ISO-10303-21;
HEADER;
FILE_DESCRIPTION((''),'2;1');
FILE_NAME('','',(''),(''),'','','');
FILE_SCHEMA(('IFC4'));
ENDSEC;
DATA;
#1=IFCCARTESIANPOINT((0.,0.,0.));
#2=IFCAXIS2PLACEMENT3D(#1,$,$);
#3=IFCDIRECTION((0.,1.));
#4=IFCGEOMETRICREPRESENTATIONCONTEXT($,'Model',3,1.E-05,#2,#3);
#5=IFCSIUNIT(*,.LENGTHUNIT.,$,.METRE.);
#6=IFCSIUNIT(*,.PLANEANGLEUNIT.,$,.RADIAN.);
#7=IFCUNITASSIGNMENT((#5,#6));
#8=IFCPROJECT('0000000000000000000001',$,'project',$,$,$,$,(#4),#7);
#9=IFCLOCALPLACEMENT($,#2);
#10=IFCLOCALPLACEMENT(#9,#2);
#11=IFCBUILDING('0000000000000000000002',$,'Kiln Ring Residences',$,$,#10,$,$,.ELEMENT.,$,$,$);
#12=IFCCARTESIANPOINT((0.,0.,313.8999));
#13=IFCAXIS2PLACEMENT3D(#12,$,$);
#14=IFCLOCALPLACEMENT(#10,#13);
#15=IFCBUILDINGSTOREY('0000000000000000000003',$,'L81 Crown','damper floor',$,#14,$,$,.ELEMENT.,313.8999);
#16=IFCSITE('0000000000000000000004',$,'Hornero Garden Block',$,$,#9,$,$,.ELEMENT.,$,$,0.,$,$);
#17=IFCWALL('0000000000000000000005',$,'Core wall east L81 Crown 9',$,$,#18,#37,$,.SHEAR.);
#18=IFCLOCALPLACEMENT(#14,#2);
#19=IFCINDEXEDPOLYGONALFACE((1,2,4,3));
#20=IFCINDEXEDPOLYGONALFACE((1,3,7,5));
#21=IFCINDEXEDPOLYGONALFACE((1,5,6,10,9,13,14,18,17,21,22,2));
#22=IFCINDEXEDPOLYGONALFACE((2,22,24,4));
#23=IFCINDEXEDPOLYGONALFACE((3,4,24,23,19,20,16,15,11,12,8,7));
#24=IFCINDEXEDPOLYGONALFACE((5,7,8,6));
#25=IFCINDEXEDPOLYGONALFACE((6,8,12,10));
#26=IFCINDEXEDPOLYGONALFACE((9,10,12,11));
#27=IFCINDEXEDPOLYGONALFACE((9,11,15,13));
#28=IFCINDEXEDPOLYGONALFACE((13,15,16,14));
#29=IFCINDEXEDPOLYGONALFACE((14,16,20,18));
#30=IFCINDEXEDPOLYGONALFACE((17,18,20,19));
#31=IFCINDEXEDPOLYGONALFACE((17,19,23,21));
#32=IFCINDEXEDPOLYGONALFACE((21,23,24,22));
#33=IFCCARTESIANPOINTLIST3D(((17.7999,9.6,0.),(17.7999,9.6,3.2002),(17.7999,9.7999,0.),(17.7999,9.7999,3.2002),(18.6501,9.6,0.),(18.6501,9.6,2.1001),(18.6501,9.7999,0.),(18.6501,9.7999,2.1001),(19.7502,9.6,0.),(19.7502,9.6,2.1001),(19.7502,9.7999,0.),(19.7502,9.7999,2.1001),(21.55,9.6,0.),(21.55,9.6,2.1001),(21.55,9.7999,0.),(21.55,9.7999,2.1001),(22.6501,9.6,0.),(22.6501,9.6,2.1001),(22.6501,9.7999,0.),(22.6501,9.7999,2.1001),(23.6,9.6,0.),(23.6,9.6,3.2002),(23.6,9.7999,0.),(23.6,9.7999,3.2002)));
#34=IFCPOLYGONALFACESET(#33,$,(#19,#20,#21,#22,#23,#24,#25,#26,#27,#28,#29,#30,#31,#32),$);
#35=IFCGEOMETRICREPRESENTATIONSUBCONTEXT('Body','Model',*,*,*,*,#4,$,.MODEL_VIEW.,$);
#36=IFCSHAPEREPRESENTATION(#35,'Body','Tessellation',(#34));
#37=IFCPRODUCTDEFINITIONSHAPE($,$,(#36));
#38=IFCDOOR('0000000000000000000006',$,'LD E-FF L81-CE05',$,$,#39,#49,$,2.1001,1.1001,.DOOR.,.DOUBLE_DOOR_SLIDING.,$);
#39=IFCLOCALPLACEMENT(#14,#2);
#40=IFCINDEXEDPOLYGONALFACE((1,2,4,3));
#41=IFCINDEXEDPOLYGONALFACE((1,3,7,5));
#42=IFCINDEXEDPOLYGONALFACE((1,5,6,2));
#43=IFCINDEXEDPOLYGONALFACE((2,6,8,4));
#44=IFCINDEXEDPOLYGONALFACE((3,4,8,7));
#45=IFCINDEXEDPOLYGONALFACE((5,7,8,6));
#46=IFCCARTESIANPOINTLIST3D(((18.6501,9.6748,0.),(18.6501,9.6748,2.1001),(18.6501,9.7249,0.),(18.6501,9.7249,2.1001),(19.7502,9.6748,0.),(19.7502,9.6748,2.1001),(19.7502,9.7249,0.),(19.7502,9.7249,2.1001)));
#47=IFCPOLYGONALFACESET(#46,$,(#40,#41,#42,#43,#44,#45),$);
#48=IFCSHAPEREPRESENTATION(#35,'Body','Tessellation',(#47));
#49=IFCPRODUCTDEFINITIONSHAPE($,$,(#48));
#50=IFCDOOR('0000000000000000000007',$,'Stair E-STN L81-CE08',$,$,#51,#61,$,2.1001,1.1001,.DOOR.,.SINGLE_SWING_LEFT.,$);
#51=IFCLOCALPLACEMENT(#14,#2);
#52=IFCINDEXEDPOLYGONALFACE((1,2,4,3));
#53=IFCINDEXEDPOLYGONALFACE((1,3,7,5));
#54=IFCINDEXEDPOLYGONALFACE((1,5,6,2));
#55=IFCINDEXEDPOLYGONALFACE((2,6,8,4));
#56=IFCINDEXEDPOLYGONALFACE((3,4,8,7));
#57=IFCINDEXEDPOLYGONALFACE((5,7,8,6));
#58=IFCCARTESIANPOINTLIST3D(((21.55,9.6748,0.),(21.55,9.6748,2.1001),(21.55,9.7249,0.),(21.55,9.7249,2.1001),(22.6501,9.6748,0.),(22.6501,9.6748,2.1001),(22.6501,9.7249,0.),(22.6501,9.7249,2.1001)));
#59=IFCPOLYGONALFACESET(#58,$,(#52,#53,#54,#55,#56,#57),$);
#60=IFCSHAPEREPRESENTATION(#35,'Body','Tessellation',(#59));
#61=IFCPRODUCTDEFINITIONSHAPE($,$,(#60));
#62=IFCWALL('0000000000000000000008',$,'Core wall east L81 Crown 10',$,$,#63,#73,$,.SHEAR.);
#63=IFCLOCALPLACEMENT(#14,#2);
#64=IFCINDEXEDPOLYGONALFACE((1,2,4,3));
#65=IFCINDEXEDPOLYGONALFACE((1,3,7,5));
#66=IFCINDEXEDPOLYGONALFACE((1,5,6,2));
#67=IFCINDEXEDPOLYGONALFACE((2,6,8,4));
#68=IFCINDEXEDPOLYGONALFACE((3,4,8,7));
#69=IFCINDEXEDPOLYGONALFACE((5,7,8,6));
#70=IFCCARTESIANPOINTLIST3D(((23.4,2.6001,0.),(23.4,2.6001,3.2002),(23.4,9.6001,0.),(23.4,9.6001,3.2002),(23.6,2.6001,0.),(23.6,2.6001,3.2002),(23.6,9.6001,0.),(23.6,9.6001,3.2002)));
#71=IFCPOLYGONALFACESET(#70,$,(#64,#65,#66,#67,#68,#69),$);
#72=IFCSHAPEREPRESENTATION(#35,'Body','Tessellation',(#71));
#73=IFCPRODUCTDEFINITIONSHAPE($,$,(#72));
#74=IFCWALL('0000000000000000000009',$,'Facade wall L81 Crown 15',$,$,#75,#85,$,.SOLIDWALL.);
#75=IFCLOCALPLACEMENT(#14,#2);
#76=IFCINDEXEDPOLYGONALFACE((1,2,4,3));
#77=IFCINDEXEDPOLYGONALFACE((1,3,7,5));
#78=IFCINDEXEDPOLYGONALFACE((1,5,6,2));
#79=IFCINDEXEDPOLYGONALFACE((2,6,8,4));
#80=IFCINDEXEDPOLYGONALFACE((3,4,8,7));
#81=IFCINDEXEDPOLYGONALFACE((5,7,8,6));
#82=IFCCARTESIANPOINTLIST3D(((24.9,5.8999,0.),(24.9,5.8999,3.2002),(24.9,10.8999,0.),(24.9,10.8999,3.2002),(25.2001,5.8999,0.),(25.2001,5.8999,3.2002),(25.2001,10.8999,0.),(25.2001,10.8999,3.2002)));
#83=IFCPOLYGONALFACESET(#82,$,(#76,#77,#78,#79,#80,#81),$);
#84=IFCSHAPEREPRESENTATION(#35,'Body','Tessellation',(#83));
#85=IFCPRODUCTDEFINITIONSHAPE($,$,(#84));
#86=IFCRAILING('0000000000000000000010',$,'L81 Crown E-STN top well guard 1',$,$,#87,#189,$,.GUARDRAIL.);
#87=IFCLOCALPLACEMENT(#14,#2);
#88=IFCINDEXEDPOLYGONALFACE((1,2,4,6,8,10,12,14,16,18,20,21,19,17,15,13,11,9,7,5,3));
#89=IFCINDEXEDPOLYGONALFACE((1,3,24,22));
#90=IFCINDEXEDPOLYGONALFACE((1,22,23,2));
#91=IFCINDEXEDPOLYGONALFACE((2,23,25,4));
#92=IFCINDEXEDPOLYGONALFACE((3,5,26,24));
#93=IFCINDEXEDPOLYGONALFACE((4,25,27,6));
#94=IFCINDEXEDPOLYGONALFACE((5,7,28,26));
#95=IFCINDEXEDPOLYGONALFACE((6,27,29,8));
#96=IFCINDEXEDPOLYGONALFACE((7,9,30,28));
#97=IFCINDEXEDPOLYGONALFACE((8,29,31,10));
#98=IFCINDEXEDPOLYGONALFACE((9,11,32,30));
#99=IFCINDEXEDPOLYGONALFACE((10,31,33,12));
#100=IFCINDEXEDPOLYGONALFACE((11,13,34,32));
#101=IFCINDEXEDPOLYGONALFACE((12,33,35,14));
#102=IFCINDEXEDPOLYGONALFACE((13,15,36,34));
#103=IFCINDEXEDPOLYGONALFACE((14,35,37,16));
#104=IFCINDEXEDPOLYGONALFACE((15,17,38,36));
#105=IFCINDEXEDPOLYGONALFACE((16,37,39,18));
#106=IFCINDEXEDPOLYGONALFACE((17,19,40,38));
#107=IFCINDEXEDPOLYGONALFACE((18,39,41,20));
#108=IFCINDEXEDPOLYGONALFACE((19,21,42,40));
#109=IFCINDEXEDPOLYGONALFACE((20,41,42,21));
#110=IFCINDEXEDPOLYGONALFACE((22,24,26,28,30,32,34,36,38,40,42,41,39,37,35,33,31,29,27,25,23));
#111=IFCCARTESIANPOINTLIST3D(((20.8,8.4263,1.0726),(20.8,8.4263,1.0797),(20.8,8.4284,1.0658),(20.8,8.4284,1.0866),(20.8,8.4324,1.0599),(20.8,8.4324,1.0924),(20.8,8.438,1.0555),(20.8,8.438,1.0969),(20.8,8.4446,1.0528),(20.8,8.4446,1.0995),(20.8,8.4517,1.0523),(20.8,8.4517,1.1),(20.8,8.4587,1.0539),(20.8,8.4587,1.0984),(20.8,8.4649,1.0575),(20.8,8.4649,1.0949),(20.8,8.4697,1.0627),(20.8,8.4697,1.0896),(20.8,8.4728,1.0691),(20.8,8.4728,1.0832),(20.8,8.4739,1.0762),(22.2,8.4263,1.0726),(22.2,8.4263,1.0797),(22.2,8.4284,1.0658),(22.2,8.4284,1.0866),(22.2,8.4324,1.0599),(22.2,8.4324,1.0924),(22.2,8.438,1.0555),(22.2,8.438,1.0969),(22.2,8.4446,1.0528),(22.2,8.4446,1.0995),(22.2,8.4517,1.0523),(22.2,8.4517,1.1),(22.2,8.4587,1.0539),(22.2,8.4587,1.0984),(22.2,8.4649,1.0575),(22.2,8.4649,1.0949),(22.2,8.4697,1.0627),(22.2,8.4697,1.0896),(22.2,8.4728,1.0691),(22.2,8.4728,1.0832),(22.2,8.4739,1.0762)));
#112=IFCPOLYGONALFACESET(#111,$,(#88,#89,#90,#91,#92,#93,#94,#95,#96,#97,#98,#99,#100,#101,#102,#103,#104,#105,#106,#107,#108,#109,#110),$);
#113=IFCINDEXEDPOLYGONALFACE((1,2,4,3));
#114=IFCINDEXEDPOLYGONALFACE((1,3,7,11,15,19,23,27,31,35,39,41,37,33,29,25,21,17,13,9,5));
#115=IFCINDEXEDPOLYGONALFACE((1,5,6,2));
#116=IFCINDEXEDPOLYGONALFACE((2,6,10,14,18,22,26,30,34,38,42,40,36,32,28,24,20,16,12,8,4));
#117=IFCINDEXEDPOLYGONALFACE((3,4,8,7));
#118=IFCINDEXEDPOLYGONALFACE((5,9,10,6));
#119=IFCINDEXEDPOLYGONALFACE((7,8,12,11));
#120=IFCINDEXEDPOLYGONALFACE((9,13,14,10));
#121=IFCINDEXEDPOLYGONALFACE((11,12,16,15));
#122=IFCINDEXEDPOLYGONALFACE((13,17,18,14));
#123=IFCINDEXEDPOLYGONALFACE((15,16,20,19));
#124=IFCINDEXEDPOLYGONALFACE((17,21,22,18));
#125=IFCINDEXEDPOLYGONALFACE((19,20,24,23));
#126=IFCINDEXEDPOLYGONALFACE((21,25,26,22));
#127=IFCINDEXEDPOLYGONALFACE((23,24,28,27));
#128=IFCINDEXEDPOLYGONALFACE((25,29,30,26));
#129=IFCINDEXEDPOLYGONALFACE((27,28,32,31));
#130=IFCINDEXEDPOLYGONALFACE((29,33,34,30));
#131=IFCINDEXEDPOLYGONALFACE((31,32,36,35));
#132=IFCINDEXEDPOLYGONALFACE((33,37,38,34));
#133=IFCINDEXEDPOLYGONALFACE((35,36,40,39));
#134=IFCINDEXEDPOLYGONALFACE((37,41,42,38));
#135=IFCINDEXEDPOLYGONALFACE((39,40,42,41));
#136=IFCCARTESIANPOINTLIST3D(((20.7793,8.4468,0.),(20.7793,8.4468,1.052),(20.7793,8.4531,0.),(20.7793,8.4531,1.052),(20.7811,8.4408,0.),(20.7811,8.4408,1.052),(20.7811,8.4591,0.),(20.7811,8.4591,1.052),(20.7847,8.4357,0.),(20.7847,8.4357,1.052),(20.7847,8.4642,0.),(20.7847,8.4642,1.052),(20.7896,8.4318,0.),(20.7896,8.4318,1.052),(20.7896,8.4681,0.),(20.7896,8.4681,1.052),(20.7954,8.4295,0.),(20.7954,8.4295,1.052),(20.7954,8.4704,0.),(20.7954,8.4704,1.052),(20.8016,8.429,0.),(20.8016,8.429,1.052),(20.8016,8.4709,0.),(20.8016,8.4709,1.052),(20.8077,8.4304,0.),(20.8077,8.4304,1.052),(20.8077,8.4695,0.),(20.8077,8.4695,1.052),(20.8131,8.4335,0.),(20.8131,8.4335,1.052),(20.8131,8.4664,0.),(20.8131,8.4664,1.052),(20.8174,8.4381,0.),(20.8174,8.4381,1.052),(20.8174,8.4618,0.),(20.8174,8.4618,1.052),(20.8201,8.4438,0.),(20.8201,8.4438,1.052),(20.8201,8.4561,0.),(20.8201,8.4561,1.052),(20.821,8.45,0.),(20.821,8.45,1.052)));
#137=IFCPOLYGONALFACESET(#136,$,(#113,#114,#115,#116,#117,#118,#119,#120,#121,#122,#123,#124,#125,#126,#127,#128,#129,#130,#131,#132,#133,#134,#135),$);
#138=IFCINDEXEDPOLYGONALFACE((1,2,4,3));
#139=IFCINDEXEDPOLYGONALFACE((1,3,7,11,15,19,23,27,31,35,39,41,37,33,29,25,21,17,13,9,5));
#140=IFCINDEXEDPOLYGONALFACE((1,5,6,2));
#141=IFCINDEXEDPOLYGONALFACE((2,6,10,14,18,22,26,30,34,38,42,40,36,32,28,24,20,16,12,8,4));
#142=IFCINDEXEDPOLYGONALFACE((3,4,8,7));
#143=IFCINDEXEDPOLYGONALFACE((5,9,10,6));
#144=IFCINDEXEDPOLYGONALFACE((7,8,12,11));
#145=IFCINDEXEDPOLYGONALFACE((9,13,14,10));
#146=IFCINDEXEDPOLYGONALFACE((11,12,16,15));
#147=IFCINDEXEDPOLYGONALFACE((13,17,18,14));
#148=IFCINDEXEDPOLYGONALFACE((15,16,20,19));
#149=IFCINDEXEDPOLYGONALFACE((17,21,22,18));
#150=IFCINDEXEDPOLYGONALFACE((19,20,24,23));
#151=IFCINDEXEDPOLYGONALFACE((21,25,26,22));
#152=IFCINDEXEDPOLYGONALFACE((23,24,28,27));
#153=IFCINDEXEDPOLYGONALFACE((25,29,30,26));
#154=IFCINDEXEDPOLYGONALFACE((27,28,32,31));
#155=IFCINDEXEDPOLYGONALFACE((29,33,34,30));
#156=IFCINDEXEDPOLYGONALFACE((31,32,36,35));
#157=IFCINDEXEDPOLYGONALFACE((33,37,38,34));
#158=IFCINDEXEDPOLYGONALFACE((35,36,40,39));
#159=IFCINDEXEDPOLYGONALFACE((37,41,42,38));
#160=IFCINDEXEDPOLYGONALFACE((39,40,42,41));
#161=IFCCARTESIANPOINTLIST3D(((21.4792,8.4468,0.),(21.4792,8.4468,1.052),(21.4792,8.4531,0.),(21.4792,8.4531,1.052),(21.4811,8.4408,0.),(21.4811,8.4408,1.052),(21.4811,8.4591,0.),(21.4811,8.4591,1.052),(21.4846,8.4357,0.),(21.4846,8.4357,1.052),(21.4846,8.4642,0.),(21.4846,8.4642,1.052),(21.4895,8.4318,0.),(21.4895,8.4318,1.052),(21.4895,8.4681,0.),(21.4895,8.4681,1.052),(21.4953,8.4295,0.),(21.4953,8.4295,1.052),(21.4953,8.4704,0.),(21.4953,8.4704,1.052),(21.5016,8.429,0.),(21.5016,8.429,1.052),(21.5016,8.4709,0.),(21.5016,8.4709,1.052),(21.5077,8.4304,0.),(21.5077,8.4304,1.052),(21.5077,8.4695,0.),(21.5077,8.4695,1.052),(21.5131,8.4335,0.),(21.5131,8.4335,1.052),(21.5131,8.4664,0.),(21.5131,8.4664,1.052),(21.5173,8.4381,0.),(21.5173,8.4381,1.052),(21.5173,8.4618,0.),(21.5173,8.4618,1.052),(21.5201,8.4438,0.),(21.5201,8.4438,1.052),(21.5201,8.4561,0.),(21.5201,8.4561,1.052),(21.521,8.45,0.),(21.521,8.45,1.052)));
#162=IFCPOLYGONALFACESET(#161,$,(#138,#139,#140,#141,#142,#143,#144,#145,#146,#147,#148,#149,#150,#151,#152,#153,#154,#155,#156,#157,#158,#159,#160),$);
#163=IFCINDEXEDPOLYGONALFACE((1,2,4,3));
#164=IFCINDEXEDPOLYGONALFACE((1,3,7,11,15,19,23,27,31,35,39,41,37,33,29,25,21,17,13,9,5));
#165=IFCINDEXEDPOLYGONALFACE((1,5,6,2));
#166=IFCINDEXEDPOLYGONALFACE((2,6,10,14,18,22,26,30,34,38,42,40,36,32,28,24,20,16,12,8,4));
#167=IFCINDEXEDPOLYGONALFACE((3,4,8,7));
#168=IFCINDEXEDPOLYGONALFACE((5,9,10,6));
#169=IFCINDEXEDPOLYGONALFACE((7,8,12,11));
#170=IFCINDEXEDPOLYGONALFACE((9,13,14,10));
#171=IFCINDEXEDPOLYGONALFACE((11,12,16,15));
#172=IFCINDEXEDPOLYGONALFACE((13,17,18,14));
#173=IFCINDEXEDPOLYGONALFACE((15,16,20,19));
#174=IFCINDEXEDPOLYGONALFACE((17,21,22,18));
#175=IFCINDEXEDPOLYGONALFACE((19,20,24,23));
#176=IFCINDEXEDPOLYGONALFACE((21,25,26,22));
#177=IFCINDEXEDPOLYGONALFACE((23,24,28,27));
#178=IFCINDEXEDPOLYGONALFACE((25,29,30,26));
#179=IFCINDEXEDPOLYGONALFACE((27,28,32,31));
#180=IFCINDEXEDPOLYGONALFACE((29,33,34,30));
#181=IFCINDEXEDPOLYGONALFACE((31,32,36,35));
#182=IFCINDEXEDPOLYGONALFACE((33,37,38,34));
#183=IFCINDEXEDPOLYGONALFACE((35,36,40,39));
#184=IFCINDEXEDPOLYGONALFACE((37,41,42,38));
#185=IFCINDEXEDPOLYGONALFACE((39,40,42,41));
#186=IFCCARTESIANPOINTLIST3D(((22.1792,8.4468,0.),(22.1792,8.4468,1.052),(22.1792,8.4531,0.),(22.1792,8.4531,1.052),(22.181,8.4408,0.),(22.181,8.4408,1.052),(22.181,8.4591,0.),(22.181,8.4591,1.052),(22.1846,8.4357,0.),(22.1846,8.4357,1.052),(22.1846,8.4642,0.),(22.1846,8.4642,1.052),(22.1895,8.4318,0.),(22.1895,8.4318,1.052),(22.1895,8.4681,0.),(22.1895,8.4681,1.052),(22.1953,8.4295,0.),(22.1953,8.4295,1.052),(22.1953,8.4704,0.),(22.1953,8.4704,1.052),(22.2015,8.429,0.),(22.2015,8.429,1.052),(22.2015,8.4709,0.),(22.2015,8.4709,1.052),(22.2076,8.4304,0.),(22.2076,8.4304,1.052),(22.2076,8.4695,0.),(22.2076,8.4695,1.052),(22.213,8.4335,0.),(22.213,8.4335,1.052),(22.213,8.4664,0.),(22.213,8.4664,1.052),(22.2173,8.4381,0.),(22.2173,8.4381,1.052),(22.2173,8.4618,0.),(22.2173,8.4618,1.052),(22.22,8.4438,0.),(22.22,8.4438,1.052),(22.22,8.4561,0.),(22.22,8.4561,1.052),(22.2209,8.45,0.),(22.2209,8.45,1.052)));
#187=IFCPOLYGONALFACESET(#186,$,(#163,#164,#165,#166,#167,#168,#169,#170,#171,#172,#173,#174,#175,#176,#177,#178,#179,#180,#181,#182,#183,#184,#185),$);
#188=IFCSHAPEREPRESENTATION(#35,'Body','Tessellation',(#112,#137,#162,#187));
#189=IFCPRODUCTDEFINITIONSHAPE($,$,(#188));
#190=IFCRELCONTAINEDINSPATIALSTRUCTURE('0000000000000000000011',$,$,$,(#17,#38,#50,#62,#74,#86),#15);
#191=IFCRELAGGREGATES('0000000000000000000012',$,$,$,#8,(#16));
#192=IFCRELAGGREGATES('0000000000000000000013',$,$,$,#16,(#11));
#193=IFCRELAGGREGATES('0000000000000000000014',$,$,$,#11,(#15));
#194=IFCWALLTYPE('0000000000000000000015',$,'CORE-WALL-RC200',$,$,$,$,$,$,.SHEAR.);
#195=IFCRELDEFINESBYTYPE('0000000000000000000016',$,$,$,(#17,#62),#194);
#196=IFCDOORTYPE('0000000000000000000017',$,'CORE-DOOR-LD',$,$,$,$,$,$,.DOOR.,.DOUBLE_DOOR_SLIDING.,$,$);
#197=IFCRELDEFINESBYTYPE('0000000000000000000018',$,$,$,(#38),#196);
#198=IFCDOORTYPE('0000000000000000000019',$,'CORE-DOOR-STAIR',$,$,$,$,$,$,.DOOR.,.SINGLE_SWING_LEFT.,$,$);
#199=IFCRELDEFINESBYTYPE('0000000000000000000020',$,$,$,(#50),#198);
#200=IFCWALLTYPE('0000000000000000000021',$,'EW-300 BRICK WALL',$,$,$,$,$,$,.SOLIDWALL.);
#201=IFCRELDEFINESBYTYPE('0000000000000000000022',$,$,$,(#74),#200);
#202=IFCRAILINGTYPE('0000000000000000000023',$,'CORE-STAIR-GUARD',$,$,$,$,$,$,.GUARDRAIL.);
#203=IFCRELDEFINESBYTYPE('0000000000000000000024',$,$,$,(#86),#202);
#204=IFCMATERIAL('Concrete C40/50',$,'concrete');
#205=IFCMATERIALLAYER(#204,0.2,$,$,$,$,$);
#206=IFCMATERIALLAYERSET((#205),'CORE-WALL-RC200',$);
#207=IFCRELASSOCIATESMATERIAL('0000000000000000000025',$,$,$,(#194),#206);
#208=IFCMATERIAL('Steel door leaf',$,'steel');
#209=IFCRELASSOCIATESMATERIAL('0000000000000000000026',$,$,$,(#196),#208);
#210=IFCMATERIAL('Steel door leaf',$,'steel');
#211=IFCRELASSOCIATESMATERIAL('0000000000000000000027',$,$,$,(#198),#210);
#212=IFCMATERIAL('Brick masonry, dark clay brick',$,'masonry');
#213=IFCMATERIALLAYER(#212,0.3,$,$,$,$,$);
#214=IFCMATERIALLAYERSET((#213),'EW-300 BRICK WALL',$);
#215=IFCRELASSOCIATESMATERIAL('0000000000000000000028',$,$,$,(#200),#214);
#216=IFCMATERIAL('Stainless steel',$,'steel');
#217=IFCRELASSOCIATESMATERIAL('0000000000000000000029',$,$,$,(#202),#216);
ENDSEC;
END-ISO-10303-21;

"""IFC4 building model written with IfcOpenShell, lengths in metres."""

from ifc_helpers import new_model, si_unit, direction, frame, frame_2d, origin, origin_2d, place, context, subcontext, project, spatial, rectangle, circle, extrude, material, layer, layer_set, type_object, element, fill, save


model = new_model("IFC4")

# Units and contexts
model_context = context("Model", 3, precision=1e-05, world=origin(), true_north=direction((0.0, 1.0)))
body_context = subcontext(model_context, "Body", "Model", "MODEL_VIEW")
ifc_project = project(units=[si_unit("LENGTHUNIT", "METRE"), si_unit("PLANEANGLEUNIT", "RADIAN")], contexts=[model_context])

# Site, building, storey
site_placement = place(None, origin())
site = spatial("IfcSite", under=ifc_project, at=site_placement, Name="Hornero Garden Block", CompositionType="ELEMENT", RefElevation=0.0)
building_placement = place(site_placement, origin())
building = spatial("IfcBuilding", under=site, at=building_placement, Name="Kiln Ring Residences", CompositionType="ELEMENT")
storey_placement = place(building_placement, frame((0.0, 0.0, 313.8999)))
storey = spatial("IfcBuildingStorey", under=building, at=storey_placement, Name="L81 Crown", Description="damper floor", CompositionType="ELEMENT", Elevation=313.8999)

# Shared definitions
ifc_material_1 = material(Name="Concrete C40/50", Category="concrete")
ifc_layer_1 = layer(ifc_material_1, 0.2)
ifc_layer_set_1 = layer_set([ifc_layer_1], Name="CORE-WALL-RC200")
wall_type_1 = type_object("IfcWallType", Name="CORE-WALL-RC200", PredefinedType="SHEAR", material=ifc_layer_set_1)

# Wall, openings, doors
wall_1_placement = place(storey_placement, frame((17.8, 9.7, 0.0), z_axis=(0.0, 0.0, 1.0), x_axis=(1.0, 0.0, 0.0)))
wall_1 = element("IfcWall", 1, at=wall_1_placement, inside=storey, type_object=wall_type_1, Name="Core wall east L81 Crown 9", PredefinedType="SHEAR", context=body_context, shape_type="SweptSolid", body=[
    extrude(rectangle(XDim=5.8, YDim=0.2, at=frame_2d((2.8999, 0.0))), origin(), (0.0, 0.0, 1.0), 3.2002),
])
opening_1_placement = place(wall_1_placement, frame((0.8501, 0.0, 0.0)))
opening_1 = element("IfcOpeningElement", 2, at=opening_1_placement, cuts=wall_1, PredefinedType="OPENING", context=body_context, shape_type="SweptSolid", body=[
    extrude(rectangle(XDim=1.1001, YDim=2.1001, at=frame_2d((0.55, 1.05))), frame((0.0, 0.1099, 0.0), z_axis=(0.0, -1.0, 0.0), x_axis=(1.0, 0.0, 0.0)), (0.0, 0.0, 1.0), 0.22),
])
opening_2_placement = place(wall_1_placement, frame((3.75, 0.0, 0.0)))
opening_2 = element("IfcOpeningElement", 3, at=opening_2_placement, cuts=wall_1, PredefinedType="OPENING", context=body_context, shape_type="SweptSolid", body=[
    extrude(rectangle(XDim=1.1001, YDim=2.1001, at=frame_2d((0.55, 1.05))), frame((0.0, 0.1099, 0.0), z_axis=(0.0, -1.0, 0.0), x_axis=(1.0, 0.0, 0.0)), (0.0, 0.0, 1.0), 0.22),
])
ifc_material_2 = material(Name="Steel door leaf", Category="steel")
door_type_1 = type_object("IfcDoorType", Name="CORE-DOOR-LD", OperationType="DOUBLE_DOOR_SLIDING", PredefinedType="DOOR", material=ifc_material_2)
door_1_placement = place(opening_1_placement, origin())
door_1 = element("IfcDoor", 4, at=door_1_placement, inside=storey, type_object=door_type_1, Name="LD E-FF L81-CE05", OperationType="DOUBLE_DOOR_SLIDING", OverallHeight=2.1001, OverallWidth=1.1001, PredefinedType="DOOR", context=body_context, shape_type="SweptSolid", body=[
    extrude(rectangle(XDim=1.1001, YDim=2.1001, at=frame_2d((0.55, 1.05))), frame((0.0, 0.0249, 0.0), z_axis=(0.0, -1.0, 0.0), x_axis=(1.0, 0.0, 0.0)), (0.0, 0.0, 1.0), 0.05),
])
fill(opening_1, door_1)
ifc_material_3 = material(Name="Steel door leaf", Category="steel")
door_type_2 = type_object("IfcDoorType", Name="CORE-DOOR-STAIR", OperationType="SINGLE_SWING_LEFT", PredefinedType="DOOR", material=ifc_material_3)
door_2_placement = place(opening_2_placement, origin())
door_2 = element("IfcDoor", 5, at=door_2_placement, inside=storey, type_object=door_type_2, Name="Stair E-STN L81-CE08", OperationType="SINGLE_SWING_LEFT", OverallHeight=2.1001, OverallWidth=1.1001, PredefinedType="DOOR", context=body_context, shape_type="SweptSolid", body=[
    extrude(rectangle(XDim=1.1001, YDim=2.1001, at=frame_2d((0.55, 1.05))), frame((0.0, 0.0249, 0.0), z_axis=(0.0, -1.0, 0.0), x_axis=(1.0, 0.0, 0.0)), (0.0, 0.0, 1.0), 0.05),
])
fill(opening_2, door_2)

# Walls
wall_2_placement = place(storey_placement, frame((23.5, 2.6001, 0.0), z_axis=(0.0, 0.0, 1.0), x_axis=(0.0, 1.0, 0.0)))
element("IfcWall", 6, at=wall_2_placement, inside=storey, type_object=wall_type_1, Name="Core wall east L81 Crown 10", PredefinedType="SHEAR", context=body_context, shape_type="SweptSolid", body=[
    extrude(rectangle(XDim=7.0, YDim=0.2, at=frame_2d((3.5, 0.0))), origin(), (0.0, 0.0, 1.0), 3.2002),
])
ifc_material_4 = material(Name="Brick masonry, dark clay brick", Category="masonry")
ifc_layer_2 = layer(ifc_material_4, 0.3)
ifc_layer_set_2 = layer_set([ifc_layer_2], Name="EW-300 BRICK WALL")
wall_type_2 = type_object("IfcWallType", Name="EW-300 BRICK WALL", PredefinedType="SOLIDWALL", material=ifc_layer_set_2)
wall_3_placement = place(storey_placement, frame((25.05, 5.8999, 0.0), z_axis=(0.0, 0.0, 1.0), x_axis=(0.0, 1.0, 0.0)))
element("IfcWall", 7, at=wall_3_placement, inside=storey, type_object=wall_type_2, Name="Facade wall L81 Crown 15", PredefinedType="SOLIDWALL", context=body_context, shape_type="SweptSolid", body=[
    extrude(rectangle(XDim=5.0, YDim=0.3, at=frame_2d((2.5, 0.0))), origin(), (0.0, 0.0, 1.0), 3.2002),
])

# Railing
ifc_material_5 = material(Name="Stainless steel", Category="steel")
railing_type = type_object("IfcRailingType", Name="CORE-STAIR-GUARD", PredefinedType="GUARDRAIL", material=ifc_material_5)
railing_placement = place(storey_placement, frame((20.8, 8.45, 0.0)))
element("IfcRailing", 8, at=railing_placement, inside=storey, type_object=railing_type, Name="L81 Crown E-STN top well guard 1", PredefinedType="GUARDRAIL", context=body_context, shape_type="SweptSolid", body=[
    extrude(circle(Radius=0.0239, at=origin_2d()), frame((0.0, 0.0, 1.0762), z_axis=(1.0, 0.0, 0.0), x_axis=(0.0, 1.0, 0.0)), (0.0, 0.0, 1.0), 1.3999),
    extrude(circle(Radius=0.021, at=origin_2d()), origin(), (0.0, 0.0, 1.0), 1.052),
    extrude(circle(Radius=0.021, at=origin_2d()), frame((0.7, 0.0, 0.0)), (0.0, 0.0, 1.0), 1.052),
    extrude(circle(Radius=0.021, at=origin_2d()), frame((1.3999, 0.0, 0.0)), (0.0, 0.0, 1.0), 1.052),
])

save(model, "model.ifc")
